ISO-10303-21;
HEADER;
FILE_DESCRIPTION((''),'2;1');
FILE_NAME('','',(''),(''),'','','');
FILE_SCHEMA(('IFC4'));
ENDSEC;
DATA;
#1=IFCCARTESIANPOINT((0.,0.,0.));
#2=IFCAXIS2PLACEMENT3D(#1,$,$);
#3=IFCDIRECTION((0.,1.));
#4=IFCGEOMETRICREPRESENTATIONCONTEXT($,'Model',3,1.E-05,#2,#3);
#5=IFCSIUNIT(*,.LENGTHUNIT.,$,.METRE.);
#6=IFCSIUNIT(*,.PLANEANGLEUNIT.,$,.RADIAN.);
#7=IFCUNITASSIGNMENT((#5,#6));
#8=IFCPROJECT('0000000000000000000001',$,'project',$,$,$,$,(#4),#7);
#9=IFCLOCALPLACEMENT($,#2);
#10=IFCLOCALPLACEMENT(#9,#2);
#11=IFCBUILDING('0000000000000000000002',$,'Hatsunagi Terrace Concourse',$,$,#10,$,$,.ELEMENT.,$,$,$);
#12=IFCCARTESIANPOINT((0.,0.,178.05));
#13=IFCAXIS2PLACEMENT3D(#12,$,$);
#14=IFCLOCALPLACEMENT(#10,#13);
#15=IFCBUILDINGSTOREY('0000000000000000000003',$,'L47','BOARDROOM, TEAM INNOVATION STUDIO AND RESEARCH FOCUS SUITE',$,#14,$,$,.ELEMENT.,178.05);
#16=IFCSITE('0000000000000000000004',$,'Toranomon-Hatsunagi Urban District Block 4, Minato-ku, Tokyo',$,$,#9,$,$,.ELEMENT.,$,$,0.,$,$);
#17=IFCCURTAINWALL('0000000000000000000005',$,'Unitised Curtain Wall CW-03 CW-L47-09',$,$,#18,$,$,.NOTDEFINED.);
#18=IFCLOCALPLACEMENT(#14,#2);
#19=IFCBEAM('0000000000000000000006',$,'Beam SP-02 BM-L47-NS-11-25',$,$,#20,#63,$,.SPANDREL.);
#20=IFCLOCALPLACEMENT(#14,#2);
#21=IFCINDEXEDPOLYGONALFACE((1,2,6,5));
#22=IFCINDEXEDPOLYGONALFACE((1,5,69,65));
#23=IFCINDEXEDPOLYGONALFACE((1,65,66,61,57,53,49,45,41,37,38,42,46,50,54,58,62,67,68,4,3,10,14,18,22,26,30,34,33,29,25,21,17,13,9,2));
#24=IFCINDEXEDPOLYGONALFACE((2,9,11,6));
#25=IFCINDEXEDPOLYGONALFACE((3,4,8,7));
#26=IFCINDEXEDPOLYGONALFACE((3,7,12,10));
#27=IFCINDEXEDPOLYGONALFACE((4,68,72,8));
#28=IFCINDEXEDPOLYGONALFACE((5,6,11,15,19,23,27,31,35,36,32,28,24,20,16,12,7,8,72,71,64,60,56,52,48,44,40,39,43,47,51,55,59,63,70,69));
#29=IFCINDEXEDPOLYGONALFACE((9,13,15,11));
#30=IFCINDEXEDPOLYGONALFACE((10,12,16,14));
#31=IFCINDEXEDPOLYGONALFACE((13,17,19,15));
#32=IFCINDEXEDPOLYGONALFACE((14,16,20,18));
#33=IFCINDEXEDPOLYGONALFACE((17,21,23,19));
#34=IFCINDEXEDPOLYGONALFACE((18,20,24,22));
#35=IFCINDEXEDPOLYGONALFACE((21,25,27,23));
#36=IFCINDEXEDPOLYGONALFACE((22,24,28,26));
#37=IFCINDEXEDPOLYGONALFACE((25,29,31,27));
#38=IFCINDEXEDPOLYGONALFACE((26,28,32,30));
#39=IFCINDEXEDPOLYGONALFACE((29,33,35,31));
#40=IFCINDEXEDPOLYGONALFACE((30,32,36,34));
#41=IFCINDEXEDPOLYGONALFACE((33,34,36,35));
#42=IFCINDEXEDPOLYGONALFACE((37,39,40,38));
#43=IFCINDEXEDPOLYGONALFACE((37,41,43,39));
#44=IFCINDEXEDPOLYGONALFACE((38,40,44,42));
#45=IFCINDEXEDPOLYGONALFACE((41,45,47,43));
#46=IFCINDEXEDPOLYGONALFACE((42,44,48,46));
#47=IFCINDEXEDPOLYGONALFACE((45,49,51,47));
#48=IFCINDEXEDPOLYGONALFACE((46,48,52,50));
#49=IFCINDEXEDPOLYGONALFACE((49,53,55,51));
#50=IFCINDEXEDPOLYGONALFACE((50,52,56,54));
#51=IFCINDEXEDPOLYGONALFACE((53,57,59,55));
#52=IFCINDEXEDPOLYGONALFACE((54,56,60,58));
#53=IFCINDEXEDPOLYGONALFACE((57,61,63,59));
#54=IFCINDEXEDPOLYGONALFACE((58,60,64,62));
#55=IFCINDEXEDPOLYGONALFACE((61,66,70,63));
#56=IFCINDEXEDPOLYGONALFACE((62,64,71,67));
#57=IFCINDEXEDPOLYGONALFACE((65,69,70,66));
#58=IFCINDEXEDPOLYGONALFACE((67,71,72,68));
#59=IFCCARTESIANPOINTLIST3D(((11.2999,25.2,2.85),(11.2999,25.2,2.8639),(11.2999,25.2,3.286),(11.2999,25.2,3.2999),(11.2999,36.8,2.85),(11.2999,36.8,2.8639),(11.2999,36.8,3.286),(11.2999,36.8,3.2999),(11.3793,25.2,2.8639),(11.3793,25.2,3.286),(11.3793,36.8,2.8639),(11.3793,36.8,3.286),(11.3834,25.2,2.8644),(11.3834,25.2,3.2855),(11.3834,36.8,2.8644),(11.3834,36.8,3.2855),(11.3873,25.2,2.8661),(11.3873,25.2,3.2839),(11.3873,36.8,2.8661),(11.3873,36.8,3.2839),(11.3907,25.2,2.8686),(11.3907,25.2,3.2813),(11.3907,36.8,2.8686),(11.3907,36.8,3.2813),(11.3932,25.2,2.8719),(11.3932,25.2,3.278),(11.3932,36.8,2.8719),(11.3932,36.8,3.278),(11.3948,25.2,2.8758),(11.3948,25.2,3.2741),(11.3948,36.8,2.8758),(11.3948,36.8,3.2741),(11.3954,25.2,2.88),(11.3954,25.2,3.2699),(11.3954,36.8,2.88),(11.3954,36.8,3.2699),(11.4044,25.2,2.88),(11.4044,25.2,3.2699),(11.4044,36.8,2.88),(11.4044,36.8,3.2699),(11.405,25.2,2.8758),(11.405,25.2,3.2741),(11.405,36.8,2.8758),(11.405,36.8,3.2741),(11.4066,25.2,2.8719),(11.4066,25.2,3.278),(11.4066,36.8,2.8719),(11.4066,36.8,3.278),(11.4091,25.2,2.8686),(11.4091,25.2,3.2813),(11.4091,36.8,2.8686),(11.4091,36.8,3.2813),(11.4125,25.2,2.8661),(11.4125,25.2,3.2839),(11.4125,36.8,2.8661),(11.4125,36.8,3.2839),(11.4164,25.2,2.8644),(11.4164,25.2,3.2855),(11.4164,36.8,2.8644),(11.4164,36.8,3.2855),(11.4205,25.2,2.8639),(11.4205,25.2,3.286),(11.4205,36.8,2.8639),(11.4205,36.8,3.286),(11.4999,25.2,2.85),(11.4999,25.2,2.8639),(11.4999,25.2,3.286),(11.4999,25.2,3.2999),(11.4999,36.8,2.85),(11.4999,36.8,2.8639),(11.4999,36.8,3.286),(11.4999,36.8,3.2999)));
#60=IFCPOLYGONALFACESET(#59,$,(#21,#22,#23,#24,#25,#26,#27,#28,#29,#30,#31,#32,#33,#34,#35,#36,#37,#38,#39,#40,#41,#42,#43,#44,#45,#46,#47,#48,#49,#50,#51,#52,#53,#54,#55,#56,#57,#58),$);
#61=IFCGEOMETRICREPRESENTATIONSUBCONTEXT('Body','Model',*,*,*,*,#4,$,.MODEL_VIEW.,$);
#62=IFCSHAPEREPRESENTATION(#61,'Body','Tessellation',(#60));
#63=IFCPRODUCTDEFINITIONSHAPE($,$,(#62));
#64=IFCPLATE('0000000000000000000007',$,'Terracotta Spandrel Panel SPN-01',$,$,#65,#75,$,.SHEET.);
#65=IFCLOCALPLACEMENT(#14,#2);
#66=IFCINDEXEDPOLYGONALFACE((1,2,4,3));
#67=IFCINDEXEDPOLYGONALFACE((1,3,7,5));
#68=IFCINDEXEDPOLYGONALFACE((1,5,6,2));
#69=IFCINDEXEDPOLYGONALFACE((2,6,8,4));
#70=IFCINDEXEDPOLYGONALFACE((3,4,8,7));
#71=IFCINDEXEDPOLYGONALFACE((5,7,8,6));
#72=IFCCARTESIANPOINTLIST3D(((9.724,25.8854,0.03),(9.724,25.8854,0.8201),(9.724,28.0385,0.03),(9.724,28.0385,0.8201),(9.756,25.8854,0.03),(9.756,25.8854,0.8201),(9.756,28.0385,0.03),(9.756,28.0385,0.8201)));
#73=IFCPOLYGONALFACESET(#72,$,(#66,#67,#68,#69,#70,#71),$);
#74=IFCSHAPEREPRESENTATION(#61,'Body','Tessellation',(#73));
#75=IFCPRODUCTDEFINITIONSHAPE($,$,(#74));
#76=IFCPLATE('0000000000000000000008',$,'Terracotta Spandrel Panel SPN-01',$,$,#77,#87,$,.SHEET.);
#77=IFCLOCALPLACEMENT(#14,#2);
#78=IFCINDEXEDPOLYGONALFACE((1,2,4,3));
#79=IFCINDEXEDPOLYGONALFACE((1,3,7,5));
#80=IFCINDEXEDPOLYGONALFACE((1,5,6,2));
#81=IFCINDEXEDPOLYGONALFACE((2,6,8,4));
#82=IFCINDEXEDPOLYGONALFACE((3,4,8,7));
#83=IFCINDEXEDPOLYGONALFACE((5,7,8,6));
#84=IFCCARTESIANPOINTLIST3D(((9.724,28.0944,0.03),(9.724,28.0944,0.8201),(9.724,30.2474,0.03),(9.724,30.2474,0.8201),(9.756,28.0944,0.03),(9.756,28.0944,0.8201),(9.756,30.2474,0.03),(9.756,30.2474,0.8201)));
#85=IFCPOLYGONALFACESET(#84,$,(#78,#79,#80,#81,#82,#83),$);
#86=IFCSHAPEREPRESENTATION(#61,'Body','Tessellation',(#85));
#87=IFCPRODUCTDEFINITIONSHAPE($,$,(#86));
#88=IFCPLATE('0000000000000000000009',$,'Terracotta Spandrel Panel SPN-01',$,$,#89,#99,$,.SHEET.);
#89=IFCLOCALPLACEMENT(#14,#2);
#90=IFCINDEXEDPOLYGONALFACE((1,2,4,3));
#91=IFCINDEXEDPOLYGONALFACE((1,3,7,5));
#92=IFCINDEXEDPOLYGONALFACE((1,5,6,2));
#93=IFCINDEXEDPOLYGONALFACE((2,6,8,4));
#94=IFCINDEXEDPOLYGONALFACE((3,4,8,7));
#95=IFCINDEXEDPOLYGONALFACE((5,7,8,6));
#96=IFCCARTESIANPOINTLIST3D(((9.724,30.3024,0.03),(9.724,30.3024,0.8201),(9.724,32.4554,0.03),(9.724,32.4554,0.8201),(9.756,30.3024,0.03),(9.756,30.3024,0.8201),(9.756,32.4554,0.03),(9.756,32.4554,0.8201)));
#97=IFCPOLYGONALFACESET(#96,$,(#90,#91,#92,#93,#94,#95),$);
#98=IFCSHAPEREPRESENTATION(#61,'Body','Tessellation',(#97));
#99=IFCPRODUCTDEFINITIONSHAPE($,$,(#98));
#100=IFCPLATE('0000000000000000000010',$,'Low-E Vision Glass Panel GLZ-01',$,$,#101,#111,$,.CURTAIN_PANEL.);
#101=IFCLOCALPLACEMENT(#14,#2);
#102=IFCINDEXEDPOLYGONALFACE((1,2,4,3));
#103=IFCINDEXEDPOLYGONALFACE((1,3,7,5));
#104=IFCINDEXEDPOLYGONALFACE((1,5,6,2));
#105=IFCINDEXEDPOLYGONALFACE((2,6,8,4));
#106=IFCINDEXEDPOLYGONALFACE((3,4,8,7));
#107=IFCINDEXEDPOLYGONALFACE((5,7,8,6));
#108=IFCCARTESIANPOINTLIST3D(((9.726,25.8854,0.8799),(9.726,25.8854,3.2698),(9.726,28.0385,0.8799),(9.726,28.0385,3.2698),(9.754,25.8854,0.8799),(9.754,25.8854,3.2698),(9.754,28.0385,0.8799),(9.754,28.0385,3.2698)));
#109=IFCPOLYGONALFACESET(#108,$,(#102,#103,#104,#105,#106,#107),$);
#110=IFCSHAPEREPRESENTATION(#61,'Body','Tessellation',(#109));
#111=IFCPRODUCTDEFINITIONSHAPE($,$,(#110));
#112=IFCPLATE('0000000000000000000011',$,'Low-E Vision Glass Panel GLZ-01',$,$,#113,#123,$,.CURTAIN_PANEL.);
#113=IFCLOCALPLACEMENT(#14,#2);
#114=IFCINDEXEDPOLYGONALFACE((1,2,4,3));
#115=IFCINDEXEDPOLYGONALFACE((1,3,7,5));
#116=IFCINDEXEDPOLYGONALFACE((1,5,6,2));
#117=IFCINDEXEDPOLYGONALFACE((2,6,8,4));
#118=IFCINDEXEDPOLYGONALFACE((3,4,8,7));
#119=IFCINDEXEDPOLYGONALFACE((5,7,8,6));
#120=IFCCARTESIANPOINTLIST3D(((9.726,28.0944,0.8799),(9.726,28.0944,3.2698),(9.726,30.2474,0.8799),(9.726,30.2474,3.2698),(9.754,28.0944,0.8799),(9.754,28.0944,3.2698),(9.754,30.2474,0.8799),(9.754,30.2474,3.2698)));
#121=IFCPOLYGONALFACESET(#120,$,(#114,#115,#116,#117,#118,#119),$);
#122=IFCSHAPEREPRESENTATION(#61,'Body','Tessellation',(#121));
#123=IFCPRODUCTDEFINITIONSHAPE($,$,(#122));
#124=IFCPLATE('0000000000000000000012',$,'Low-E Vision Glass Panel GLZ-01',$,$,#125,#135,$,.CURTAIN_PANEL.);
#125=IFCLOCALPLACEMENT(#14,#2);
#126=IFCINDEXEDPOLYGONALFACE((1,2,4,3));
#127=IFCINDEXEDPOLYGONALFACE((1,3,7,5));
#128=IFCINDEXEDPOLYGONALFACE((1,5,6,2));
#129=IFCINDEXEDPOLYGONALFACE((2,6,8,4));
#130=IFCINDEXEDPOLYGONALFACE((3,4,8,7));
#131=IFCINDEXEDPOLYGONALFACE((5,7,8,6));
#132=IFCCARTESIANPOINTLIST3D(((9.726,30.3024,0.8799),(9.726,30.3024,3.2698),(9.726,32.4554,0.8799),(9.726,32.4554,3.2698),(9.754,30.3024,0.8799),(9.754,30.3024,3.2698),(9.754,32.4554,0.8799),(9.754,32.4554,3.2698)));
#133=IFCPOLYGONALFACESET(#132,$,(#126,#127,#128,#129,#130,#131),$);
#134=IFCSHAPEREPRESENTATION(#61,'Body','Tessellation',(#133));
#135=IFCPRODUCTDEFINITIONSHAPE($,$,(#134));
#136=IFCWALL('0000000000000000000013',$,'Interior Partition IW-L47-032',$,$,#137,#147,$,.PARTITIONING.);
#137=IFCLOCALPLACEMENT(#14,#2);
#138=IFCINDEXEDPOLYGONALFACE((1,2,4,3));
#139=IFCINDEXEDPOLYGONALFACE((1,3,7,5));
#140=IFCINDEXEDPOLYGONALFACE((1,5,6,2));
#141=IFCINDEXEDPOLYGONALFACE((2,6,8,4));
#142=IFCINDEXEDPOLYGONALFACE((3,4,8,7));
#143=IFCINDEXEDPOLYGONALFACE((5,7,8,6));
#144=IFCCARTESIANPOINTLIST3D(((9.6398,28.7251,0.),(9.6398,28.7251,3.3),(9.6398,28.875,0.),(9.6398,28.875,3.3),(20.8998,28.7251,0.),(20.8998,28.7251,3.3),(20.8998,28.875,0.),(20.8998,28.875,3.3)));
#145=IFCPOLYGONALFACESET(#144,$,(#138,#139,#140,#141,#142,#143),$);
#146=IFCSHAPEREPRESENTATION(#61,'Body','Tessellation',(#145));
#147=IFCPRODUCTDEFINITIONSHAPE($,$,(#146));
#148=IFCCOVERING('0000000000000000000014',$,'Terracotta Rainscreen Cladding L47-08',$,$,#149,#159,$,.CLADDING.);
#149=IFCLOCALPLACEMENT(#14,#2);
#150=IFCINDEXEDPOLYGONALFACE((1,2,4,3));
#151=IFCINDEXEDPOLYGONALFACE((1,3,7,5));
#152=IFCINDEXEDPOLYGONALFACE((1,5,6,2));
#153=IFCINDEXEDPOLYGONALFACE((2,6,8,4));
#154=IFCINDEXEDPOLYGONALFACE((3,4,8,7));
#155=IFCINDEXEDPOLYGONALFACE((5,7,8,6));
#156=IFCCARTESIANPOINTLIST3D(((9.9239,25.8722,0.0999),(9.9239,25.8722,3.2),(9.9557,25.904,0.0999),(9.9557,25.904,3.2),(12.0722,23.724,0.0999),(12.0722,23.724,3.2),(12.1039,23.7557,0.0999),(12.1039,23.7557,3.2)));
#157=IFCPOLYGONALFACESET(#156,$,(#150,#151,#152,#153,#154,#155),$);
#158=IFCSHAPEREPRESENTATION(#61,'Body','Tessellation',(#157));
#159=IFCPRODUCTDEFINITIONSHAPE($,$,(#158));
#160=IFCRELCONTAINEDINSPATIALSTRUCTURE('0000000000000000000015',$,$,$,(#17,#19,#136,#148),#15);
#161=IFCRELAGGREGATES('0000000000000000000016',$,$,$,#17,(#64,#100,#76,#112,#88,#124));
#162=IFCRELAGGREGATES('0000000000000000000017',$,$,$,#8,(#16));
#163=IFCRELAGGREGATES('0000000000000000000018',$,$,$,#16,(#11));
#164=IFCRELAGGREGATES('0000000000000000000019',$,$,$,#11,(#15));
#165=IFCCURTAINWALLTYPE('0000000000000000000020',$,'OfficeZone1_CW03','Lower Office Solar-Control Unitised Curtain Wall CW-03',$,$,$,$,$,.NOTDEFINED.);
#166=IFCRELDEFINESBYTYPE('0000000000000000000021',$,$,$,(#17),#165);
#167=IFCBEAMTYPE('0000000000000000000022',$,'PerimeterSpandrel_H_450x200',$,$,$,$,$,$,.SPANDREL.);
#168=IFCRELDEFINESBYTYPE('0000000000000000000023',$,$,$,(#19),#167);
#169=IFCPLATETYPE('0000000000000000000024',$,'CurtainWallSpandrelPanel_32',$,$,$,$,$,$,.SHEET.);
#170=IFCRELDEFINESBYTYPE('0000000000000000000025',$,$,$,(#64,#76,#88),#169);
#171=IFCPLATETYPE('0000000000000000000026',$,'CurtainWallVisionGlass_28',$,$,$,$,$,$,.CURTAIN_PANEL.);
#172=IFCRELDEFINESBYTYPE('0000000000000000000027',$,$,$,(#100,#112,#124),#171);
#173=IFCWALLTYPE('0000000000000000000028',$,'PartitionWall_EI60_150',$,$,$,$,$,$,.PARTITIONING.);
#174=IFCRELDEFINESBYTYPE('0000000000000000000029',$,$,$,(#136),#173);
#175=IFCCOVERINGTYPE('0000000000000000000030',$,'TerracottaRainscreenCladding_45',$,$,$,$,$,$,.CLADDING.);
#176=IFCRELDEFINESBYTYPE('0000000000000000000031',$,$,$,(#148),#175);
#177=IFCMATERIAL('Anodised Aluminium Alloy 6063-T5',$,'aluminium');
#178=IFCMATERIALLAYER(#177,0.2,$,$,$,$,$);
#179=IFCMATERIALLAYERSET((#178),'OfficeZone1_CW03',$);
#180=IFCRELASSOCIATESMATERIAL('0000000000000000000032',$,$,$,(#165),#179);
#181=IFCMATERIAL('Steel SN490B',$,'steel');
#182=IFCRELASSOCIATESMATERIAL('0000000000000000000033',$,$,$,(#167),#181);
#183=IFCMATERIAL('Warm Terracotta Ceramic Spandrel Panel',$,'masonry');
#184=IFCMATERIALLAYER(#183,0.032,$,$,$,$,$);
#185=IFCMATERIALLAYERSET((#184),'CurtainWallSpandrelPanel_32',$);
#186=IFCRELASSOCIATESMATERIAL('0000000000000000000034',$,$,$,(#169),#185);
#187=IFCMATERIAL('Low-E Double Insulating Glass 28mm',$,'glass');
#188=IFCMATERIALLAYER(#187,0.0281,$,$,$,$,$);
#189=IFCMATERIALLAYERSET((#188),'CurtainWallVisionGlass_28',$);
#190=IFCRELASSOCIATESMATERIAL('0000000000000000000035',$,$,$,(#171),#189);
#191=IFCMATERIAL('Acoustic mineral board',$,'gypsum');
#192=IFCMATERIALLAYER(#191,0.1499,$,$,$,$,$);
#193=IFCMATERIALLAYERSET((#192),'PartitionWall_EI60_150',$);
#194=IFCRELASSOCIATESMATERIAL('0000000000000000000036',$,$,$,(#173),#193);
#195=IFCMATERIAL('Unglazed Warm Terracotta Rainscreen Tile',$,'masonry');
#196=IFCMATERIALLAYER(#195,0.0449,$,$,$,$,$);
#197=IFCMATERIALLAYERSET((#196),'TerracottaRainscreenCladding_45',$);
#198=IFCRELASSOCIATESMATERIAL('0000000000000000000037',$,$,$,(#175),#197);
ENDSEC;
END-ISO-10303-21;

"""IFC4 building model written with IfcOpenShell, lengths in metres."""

from ifc_helpers import new_model, si_unit, direction, frame, frame_2d, origin, origin_2d, place, context, subcontext, project, spatial, rectangle, i_section, extrude, material, layer, layer_set, material_profile, profile_set, type_object, element, aggregate, save


model = new_model("IFC4")

# Units and contexts
model_context = context("Model", 3, precision=1e-05, world=origin(), true_north=direction((0.0, 1.0)))
body_context = subcontext(model_context, "Body", "Model", "MODEL_VIEW")
ifc_project = project(units=[si_unit("LENGTHUNIT", "METRE"), si_unit("PLANEANGLEUNIT", "RADIAN")], contexts=[model_context])

# Site, building, storey
site_placement = place(None, origin())
site = spatial("IfcSite", under=ifc_project, at=site_placement, Name="Toranomon-Hatsunagi Urban District Block 4, Minato-ku, Tokyo", CompositionType="ELEMENT", RefElevation=0.0)
building_placement = place(site_placement, origin())
building = spatial("IfcBuilding", under=site, at=building_placement, Name="Hatsunagi Terrace Concourse", CompositionType="ELEMENT")
storey_placement = place(building_placement, frame((0.0, 0.0, 178.05)))
storey = spatial("IfcBuildingStorey", under=building, at=storey_placement, Name="L47", Description="BOARDROOM, TEAM INNOVATION STUDIO AND RESEARCH FOCUS SUITE", CompositionType="ELEMENT", Elevation=178.05)

# Curtain wall
ifc_material_1 = material(Name="Anodised Aluminium Alloy 6063-T5", Category="aluminium")
ifc_layer_1 = layer(ifc_material_1, 0.2)
ifc_layer_set_1 = layer_set([ifc_layer_1], Name="OfficeZone1_CW03")
curtain_wall_type = type_object("IfcCurtainWallType", Name="OfficeZone1_CW03", Description="Lower Office Solar-Control Unitised Curtain Wall CW-03", PredefinedType="NOTDEFINED", material=ifc_layer_set_1)
curtain_wall_placement = place(storey_placement, origin())
curtain_wall = element("IfcCurtainWall", 1, at=curtain_wall_placement, inside=storey, type_object=curtain_wall_type, Name="Unitised Curtain Wall CW-03 CW-L47-09", PredefinedType="NOTDEFINED")

# Beam
ifc_material_2 = material(Name="Steel SN490B", Category="steel")
ifc_material_profile_1 = material_profile(ifc_material_2, i_section(OverallWidth=0.2, OverallDepth=0.45, WebThickness=0.009, FlangeThickness=0.0139, FilletRadius=0.0161, at=origin_2d()), Name="H-450x200x9x14")
ifc_profile_set_1 = profile_set([ifc_material_profile_1], Name="Steel SN490B")
beam_type_1 = type_object("IfcBeamType", Name="PerimeterSpandrel_H_450x200", PredefinedType="SPANDREL", material=ifc_profile_set_1)
beam_1_placement = place(storey_placement, frame((11.3999, 25.2, 3.075), z_axis=(0.0, 1.0, 0.0), x_axis=(-1.0, 0.0, 0.0)))
element("IfcBeam", 2, at=beam_1_placement, inside=storey, type_object=beam_type_1, Name="Beam SP-02 BM-L47-NS-11-25", PredefinedType="SPANDREL", context=body_context, shape_type="SweptSolid", body=[
    extrude(i_section(OverallWidth=0.2, OverallDepth=0.45, WebThickness=0.009, FlangeThickness=0.0139, FilletRadius=0.0161, at=origin_2d()), origin(), (0.0, 0.0, 1.0), 11.6001),
])

# Plates
ifc_material_3 = material(Name="Warm Terracotta Ceramic Spandrel Panel", Category="masonry")
ifc_layer_2 = layer(ifc_material_3, 0.032)
ifc_layer_set_2 = layer_set([ifc_layer_2], Name="CurtainWallSpandrelPanel_32")
plate_type_1 = type_object("IfcPlateType", Name="CurtainWallSpandrelPanel_32", PredefinedType="SHEET", material=ifc_layer_set_2)
plate_1_placement = place(storey_placement, frame((9.74, 26.9619, 0.03), z_axis=(0.0, 0.0, 1.0), x_axis=(0.0, 1.0, 0.0)))
plate_1 = element("IfcPlate", 3, at=plate_1_placement, type_object=plate_type_1, Name="Terracotta Spandrel Panel SPN-01", PredefinedType="SHEET", context=body_context, shape_type="SweptSolid", body=[
    extrude(rectangle(XDim=2.1531, YDim=0.032, at=origin_2d()), origin(), (0.0, 0.0, 1.0), 0.79),
])
plate_2_placement = place(storey_placement, frame((9.74, 29.1709, 0.03), z_axis=(0.0, 0.0, 1.0), x_axis=(0.0, 1.0, 0.0)))
plate_2 = element("IfcPlate", 4, at=plate_2_placement, type_object=plate_type_1, Name="Terracotta Spandrel Panel SPN-01", PredefinedType="SHEET", context=body_context, shape_type="SweptSolid", body=[
    extrude(rectangle(XDim=2.1531, YDim=0.032, at=origin_2d()), origin(), (0.0, 0.0, 1.0), 0.79),
])
plate_3_placement = place(storey_placement, frame((9.74, 31.3789, 0.03), z_axis=(0.0, 0.0, 1.0), x_axis=(0.0, 1.0, 0.0)))
plate_3 = element("IfcPlate", 5, at=plate_3_placement, type_object=plate_type_1, Name="Terracotta Spandrel Panel SPN-01", PredefinedType="SHEET", context=body_context, shape_type="SweptSolid", body=[
    extrude(rectangle(XDim=2.1531, YDim=0.032, at=origin_2d()), origin(), (0.0, 0.0, 1.0), 0.79),
])
ifc_material_4 = material(Name="Low-E Double Insulating Glass 28mm", Category="glass")
ifc_layer_3 = layer(ifc_material_4, 0.0281)
ifc_layer_set_3 = layer_set([ifc_layer_3], Name="CurtainWallVisionGlass_28")
plate_type_2 = type_object("IfcPlateType", Name="CurtainWallVisionGlass_28", PredefinedType="CURTAIN_PANEL", material=ifc_layer_set_3)
plate_4_placement = place(storey_placement, frame((9.74, 26.9619, 0.8799), z_axis=(0.0, 0.0, 1.0), x_axis=(0.0, 1.0, 0.0)))
plate_4 = element("IfcPlate", 6, at=plate_4_placement, type_object=plate_type_2, Name="Low-E Vision Glass Panel GLZ-01", PredefinedType="CURTAIN_PANEL", context=body_context, shape_type="SweptSolid", body=[
    extrude(rectangle(XDim=2.1531, YDim=0.0281, at=origin_2d()), origin(), (0.0, 0.0, 1.0), 2.3899),
])
plate_5_placement = place(storey_placement, frame((9.74, 29.1709, 0.8799), z_axis=(0.0, 0.0, 1.0), x_axis=(0.0, 1.0, 0.0)))
plate_5 = element("IfcPlate", 7, at=plate_5_placement, type_object=plate_type_2, Name="Low-E Vision Glass Panel GLZ-01", PredefinedType="CURTAIN_PANEL", context=body_context, shape_type="SweptSolid", body=[
    extrude(rectangle(XDim=2.1531, YDim=0.0281, at=origin_2d()), origin(), (0.0, 0.0, 1.0), 2.3899),
])
plate_6_placement = place(storey_placement, frame((9.74, 31.3789, 0.8799), z_axis=(0.0, 0.0, 1.0), x_axis=(0.0, 1.0, 0.0)))
plate_6 = element("IfcPlate", 8, at=plate_6_placement, type_object=plate_type_2, Name="Low-E Vision Glass Panel GLZ-01", PredefinedType="CURTAIN_PANEL", context=body_context, shape_type="SweptSolid", body=[
    extrude(rectangle(XDim=2.1531, YDim=0.0281, at=origin_2d()), origin(), (0.0, 0.0, 1.0), 2.3899),
])
aggregate(curtain_wall, [plate_1, plate_4, plate_2, plate_5, plate_3, plate_6])

# Wall
ifc_material_5 = material(Name="Acoustic mineral board", Category="gypsum")
ifc_layer_4 = layer(ifc_material_5, 0.1499)
ifc_layer_set_4 = layer_set([ifc_layer_4], Name="PartitionWall_EI60_150")
wall_type = type_object("IfcWallType", Name="PartitionWall_EI60_150", PredefinedType="PARTITIONING", material=ifc_layer_set_4)
wall_placement = place(storey_placement, frame((9.6399, 28.8, 0.0), z_axis=(0.0, 0.0, 1.0), x_axis=(1.0, 0.0, 0.0)))
element("IfcWall", 9, at=wall_placement, inside=storey, type_object=wall_type, Name="Interior Partition IW-L47-032", PredefinedType="PARTITIONING", context=body_context, shape_type="SweptSolid", body=[
    extrude(rectangle(XDim=11.26, YDim=0.1499, at=frame_2d((5.6299, 0.0))), origin(), (0.0, 0.0, 1.0), 3.3),
])

# Covering
ifc_material_6 = material(Name="Unglazed Warm Terracotta Rainscreen Tile", Category="masonry")
ifc_layer_5 = layer(ifc_material_6, 0.0449)
ifc_layer_set_5 = layer_set([ifc_layer_5], Name="TerracottaRainscreenCladding_45")
covering_type = type_object("IfcCoveringType", Name="TerracottaRainscreenCladding_45", PredefinedType="CLADDING", material=ifc_layer_set_5)
covering_placement = place(storey_placement, frame((11.0139, 24.814, 0.0999), z_axis=(0.0, 0.0, 1.0), x_axis=(-0.707107, 0.707107, 0.0)))
element("IfcCovering", 10, at=covering_placement, inside=storey, type_object=covering_type, Name="Terracotta Rainscreen Cladding L47-08", PredefinedType="CLADDING", context=body_context, shape_type="SweptSolid", body=[
    extrude(rectangle(XDim=3.0381, YDim=0.0449, at=origin_2d()), origin(), (0.0, 0.0, 1.0), 3.1001),
])

save(model, "model.ifc")
